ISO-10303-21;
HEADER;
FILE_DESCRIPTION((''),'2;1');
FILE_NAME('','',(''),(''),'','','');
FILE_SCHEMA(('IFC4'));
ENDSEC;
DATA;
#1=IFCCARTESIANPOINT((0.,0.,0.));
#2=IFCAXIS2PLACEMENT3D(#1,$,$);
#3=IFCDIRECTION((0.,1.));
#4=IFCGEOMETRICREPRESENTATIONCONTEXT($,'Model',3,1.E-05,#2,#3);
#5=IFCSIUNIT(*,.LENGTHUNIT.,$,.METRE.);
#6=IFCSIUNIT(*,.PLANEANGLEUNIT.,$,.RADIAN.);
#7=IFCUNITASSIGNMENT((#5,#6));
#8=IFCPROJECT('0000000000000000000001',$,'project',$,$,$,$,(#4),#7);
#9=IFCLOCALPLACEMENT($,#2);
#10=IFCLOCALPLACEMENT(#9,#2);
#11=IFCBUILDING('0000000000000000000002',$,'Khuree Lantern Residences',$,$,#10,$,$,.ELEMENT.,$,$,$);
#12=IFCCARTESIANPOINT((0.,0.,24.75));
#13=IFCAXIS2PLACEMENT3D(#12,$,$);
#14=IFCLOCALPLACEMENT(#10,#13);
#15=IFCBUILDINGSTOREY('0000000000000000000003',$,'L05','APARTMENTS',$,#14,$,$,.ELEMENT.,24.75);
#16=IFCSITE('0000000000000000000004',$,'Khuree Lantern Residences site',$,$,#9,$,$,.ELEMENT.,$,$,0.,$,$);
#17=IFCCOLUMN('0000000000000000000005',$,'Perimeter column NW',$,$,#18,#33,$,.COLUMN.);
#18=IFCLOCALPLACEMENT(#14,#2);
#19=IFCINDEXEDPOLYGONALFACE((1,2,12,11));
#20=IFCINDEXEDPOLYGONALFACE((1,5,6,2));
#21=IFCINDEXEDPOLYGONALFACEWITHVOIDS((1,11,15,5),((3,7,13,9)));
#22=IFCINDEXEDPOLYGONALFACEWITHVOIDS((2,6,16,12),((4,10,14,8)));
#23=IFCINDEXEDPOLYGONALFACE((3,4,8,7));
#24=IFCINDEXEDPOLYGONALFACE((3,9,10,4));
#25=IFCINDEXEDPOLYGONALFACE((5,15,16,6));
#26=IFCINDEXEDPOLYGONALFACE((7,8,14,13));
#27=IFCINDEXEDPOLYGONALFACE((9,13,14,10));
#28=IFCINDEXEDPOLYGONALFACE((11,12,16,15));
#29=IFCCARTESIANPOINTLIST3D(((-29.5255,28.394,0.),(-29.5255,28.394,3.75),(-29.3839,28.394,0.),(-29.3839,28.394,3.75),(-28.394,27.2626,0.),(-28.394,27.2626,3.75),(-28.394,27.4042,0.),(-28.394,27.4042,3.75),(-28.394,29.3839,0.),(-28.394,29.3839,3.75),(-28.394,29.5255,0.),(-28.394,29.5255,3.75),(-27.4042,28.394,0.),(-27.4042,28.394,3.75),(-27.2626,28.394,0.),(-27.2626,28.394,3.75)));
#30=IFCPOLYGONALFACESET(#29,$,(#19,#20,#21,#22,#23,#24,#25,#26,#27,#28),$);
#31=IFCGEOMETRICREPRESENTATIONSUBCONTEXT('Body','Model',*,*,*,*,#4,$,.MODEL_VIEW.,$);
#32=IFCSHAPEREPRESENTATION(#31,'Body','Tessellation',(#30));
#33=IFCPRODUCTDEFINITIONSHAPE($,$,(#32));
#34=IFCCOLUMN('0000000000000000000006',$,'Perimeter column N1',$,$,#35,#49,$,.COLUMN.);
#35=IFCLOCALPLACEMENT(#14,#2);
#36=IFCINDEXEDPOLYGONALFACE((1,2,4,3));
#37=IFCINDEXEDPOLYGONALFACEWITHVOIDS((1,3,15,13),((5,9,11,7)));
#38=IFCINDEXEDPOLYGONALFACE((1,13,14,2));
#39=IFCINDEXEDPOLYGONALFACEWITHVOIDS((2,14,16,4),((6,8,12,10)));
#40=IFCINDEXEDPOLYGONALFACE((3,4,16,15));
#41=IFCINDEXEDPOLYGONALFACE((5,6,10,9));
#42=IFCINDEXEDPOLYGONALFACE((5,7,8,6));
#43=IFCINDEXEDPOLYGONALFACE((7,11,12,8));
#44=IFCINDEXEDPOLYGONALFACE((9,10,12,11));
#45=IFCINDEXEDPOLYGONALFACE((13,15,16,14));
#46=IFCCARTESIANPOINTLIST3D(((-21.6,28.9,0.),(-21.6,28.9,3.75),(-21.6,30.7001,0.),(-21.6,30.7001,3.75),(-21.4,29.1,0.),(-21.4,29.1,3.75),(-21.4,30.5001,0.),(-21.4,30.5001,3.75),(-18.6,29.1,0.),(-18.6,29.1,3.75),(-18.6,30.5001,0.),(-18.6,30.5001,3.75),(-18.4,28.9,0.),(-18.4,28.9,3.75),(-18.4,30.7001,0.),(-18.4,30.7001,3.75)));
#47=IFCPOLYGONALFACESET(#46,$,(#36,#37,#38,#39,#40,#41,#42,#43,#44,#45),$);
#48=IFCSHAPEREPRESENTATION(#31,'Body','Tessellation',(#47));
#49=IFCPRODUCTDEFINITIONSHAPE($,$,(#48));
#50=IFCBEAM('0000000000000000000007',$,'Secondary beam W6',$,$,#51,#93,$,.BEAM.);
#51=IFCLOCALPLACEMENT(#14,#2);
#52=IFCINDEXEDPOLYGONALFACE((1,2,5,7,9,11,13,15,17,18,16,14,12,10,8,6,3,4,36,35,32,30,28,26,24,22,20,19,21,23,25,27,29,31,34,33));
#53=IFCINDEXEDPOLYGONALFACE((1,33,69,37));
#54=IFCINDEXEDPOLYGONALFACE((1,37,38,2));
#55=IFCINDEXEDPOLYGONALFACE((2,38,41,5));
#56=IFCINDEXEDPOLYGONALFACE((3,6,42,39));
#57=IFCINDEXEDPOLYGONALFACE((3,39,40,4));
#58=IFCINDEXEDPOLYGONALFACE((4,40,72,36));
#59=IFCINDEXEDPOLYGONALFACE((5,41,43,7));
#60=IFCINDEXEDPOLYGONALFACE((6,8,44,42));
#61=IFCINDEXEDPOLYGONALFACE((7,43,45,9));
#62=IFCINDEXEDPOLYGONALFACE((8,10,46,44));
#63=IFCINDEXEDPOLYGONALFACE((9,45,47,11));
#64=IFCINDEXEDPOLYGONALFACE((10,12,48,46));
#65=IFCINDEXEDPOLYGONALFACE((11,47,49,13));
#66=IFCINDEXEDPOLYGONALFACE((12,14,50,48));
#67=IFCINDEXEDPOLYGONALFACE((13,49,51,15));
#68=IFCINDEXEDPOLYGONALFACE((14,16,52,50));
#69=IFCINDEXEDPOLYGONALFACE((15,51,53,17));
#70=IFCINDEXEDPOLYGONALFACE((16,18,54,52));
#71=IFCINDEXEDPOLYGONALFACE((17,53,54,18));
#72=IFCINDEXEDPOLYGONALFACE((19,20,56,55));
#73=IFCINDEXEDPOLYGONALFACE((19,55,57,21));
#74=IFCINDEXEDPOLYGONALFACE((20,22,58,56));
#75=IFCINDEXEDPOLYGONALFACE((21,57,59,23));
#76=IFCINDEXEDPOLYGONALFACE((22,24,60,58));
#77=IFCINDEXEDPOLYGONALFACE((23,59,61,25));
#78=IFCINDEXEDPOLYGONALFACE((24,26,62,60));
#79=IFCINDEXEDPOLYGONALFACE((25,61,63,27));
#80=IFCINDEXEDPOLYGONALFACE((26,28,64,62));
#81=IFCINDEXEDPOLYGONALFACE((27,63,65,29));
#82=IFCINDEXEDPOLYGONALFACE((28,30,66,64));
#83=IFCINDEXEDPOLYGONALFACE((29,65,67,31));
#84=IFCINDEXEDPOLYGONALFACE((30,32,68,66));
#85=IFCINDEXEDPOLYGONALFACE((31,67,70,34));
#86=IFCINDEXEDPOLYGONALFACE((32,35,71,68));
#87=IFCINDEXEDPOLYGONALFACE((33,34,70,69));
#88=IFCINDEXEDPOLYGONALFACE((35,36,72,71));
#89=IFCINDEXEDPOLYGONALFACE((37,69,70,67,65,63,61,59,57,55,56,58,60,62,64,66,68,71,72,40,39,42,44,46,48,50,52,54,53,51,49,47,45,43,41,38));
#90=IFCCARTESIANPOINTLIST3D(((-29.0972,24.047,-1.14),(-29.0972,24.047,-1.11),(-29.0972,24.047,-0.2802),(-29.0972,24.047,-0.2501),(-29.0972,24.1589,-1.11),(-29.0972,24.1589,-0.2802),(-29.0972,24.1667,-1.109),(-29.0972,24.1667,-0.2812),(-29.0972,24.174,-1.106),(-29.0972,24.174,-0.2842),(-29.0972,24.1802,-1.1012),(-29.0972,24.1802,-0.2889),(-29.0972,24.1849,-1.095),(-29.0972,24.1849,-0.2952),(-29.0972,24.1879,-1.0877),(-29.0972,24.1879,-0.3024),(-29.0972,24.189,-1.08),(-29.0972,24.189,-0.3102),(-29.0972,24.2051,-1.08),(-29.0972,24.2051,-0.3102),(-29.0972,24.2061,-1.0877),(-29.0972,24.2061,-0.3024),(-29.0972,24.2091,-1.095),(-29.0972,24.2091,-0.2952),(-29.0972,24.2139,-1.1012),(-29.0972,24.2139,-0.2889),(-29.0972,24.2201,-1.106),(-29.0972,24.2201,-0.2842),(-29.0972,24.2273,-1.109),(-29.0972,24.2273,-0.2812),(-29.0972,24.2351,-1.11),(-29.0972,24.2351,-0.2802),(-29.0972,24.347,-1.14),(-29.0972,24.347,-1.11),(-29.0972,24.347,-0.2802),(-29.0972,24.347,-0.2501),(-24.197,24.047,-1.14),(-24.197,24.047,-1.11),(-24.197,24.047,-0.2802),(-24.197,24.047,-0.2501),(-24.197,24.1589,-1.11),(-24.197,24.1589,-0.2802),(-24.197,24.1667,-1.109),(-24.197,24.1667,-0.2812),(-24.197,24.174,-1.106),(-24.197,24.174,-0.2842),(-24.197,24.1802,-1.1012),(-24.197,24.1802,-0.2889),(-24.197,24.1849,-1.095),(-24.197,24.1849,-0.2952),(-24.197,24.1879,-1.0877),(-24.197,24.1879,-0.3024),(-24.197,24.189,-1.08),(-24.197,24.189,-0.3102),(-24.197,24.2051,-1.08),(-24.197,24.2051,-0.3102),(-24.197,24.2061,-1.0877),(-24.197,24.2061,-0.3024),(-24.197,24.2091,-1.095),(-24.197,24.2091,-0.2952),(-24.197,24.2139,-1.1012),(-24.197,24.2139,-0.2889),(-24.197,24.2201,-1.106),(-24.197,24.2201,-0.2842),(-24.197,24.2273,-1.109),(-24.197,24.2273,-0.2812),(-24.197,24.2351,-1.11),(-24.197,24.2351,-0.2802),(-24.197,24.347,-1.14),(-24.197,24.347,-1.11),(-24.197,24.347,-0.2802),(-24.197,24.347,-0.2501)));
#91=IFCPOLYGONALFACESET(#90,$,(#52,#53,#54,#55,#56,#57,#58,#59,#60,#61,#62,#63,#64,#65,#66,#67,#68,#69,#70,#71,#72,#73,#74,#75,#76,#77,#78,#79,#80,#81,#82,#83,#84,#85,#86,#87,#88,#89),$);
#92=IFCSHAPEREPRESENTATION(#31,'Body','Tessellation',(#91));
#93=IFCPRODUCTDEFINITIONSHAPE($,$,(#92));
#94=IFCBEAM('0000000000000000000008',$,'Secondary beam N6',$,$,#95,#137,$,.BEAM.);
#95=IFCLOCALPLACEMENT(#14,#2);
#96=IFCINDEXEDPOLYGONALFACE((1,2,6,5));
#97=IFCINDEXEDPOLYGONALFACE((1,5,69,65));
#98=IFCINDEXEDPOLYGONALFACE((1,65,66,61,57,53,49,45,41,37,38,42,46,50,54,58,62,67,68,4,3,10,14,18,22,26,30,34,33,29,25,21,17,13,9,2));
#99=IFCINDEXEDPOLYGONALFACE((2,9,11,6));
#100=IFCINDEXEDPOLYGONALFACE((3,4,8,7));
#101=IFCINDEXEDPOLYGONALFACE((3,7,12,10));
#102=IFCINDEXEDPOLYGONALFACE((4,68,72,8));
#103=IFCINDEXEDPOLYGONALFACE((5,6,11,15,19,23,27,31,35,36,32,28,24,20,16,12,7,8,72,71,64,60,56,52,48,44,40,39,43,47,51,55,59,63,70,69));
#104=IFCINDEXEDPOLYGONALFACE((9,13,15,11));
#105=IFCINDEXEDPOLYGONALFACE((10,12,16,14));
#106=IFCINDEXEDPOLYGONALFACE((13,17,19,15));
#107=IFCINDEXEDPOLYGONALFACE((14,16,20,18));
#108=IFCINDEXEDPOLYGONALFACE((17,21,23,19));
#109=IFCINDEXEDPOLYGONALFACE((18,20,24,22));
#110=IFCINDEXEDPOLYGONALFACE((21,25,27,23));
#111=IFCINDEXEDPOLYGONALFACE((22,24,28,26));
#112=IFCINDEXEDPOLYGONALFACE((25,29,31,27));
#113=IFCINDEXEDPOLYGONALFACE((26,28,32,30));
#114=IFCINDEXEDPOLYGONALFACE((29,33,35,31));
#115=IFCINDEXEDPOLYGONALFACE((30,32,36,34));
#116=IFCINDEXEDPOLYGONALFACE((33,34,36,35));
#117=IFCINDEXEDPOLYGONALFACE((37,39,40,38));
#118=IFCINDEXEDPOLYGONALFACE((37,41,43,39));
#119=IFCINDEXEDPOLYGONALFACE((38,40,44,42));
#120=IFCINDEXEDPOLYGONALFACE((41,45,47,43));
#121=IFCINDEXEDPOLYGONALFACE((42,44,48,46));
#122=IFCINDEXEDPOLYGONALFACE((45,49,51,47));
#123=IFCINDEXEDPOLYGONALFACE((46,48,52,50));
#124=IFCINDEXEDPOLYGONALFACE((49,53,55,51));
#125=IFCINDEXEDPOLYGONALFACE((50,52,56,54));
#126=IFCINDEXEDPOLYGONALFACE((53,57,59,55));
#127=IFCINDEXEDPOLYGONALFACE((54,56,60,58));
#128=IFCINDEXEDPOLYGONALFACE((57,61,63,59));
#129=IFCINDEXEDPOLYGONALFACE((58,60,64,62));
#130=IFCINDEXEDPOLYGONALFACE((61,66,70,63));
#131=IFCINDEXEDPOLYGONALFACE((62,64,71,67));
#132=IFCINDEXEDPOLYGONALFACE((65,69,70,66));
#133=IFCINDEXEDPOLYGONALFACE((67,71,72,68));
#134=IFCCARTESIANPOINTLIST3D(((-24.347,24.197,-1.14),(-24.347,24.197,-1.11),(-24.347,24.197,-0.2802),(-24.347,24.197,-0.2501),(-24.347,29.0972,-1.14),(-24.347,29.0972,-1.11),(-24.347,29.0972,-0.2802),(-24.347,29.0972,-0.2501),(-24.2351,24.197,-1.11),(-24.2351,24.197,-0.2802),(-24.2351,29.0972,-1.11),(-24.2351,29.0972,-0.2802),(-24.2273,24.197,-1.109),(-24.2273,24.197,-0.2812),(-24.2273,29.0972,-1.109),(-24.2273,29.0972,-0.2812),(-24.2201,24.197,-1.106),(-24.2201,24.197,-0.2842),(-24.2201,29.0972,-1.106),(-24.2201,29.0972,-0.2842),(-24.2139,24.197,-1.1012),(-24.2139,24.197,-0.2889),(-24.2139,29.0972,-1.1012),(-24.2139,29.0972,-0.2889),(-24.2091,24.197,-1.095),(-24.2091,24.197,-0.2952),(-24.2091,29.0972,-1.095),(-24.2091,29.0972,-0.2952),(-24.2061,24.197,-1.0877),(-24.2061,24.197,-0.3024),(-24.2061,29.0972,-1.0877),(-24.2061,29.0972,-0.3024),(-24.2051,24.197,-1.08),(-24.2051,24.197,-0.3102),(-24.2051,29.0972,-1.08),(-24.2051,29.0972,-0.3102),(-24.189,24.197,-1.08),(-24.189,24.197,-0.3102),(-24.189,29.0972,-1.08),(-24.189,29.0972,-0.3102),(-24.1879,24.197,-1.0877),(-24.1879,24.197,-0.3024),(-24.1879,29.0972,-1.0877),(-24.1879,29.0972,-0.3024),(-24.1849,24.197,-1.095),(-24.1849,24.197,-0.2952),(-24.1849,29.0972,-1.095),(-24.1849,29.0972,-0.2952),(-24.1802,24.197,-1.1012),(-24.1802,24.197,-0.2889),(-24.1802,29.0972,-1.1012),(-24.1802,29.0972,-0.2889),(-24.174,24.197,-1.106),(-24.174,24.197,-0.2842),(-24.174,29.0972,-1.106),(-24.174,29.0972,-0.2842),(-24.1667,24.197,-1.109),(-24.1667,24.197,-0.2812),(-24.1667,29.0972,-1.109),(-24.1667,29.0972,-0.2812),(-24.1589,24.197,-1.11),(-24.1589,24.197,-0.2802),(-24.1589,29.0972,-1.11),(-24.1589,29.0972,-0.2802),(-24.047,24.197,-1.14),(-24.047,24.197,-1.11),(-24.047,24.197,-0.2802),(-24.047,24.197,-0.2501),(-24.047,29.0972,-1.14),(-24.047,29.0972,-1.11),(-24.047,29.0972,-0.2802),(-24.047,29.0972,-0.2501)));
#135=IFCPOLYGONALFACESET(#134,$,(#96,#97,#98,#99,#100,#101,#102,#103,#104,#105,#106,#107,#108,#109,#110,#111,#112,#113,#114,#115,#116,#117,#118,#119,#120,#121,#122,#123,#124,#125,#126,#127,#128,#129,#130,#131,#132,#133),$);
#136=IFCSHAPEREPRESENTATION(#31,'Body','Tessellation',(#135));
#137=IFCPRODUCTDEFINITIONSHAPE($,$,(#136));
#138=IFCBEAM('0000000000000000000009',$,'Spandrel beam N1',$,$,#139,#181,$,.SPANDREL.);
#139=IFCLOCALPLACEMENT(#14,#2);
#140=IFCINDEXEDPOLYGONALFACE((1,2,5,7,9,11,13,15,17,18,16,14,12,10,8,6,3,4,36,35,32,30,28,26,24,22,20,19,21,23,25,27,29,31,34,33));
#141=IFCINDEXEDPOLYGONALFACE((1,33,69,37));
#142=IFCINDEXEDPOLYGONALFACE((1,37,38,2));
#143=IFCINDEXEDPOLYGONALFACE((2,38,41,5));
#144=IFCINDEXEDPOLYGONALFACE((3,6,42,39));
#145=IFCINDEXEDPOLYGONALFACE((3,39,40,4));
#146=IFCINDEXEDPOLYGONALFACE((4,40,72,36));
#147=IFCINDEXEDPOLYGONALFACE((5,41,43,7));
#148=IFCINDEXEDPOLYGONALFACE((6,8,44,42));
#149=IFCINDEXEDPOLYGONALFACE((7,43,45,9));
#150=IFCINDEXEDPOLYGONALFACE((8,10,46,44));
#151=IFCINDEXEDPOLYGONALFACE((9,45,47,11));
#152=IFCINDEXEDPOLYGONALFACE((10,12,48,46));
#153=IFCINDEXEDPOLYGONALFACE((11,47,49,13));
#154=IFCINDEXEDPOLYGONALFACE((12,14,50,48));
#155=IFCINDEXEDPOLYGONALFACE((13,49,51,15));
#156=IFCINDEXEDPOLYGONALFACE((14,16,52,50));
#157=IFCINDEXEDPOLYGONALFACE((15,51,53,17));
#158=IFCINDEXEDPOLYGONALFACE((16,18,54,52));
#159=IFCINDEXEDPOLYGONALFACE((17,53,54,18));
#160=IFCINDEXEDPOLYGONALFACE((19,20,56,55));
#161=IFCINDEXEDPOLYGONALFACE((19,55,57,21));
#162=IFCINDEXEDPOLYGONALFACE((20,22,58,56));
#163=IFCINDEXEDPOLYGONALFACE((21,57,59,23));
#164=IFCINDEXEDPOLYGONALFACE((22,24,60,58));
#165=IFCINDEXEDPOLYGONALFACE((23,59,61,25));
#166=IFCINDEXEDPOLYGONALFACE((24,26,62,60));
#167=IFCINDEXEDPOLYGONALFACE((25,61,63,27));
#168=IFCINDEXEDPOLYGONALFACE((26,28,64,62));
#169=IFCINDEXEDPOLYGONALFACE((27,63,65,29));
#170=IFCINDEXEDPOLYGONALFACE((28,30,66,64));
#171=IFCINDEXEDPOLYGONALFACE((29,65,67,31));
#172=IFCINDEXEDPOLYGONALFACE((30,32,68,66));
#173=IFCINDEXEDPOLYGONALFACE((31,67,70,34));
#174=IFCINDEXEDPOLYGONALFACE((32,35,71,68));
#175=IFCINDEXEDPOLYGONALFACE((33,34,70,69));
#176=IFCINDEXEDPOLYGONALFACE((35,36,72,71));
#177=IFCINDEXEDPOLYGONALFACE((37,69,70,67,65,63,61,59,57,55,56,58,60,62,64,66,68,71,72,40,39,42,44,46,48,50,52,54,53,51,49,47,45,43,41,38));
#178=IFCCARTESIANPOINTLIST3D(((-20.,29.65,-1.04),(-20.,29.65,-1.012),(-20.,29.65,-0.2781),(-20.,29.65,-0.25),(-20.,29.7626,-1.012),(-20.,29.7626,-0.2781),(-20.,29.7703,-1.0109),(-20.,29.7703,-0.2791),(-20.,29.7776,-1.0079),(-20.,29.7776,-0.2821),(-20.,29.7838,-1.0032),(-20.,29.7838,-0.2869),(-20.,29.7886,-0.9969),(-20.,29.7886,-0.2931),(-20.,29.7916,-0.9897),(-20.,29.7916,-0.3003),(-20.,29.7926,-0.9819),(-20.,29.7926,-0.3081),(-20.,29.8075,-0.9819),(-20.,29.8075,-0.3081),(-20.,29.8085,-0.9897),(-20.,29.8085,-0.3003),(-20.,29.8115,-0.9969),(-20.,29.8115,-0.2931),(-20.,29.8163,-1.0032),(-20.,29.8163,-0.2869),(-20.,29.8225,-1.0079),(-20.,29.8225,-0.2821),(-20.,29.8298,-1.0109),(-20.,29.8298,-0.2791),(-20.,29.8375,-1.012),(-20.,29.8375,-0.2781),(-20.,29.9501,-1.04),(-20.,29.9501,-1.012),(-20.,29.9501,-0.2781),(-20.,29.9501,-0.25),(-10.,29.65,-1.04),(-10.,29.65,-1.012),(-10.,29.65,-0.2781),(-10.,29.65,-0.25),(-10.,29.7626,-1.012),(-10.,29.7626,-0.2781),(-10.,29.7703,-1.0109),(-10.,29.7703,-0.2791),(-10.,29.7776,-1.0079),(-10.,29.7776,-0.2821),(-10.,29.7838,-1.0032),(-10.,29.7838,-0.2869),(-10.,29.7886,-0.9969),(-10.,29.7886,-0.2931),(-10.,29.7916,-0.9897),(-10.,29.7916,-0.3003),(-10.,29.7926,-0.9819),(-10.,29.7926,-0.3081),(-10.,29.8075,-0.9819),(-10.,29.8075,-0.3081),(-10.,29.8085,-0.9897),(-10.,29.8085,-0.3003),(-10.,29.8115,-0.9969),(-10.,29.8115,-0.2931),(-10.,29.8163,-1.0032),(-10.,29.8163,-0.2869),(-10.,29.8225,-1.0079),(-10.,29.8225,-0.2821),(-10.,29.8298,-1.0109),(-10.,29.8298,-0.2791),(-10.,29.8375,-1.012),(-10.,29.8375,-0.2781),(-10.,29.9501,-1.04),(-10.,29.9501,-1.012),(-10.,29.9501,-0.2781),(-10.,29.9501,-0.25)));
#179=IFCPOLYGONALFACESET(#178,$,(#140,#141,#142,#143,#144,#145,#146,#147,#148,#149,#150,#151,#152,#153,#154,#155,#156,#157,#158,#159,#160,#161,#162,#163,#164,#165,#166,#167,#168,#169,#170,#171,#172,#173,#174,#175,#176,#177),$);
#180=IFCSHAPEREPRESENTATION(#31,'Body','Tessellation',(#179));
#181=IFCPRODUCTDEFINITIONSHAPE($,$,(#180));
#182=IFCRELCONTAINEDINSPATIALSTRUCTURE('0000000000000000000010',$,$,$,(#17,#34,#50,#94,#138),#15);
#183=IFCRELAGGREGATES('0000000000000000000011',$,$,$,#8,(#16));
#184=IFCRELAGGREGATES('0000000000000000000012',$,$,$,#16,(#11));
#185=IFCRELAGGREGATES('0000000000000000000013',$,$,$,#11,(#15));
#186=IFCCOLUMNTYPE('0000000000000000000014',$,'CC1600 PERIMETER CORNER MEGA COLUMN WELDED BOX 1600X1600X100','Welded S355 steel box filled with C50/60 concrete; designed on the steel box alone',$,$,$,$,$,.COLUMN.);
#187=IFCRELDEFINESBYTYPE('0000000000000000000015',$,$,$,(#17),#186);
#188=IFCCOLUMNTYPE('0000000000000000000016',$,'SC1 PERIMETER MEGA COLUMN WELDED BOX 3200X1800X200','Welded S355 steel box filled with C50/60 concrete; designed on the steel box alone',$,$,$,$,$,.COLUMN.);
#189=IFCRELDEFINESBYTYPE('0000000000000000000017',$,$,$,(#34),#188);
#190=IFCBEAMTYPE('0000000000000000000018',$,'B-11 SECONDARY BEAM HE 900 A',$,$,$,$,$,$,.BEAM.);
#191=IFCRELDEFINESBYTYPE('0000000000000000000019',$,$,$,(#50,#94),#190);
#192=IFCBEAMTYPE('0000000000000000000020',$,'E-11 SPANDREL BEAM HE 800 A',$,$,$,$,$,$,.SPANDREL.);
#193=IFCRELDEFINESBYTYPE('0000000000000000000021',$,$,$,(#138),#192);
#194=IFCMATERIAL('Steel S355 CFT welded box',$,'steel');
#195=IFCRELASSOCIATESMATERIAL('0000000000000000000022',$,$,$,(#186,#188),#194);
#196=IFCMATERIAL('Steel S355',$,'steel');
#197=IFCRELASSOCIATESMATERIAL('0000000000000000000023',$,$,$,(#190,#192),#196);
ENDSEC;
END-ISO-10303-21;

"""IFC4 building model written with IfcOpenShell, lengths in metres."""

from ifc_helpers import new_model, si_unit, direction, frame, origin, origin_2d, place, context, subcontext, project, spatial, hollow_rectangle, i_section, extrude, material, material_profile, profile_set, type_object, element, save


model = new_model("IFC4")

# Units and contexts
model_context = context("Model", 3, precision=1e-05, world=origin(), true_north=direction((0.0, 1.0)))
body_context = subcontext(model_context, "Body", "Model", "MODEL_VIEW")
ifc_project = project(units=[si_unit("LENGTHUNIT", "METRE"), si_unit("PLANEANGLEUNIT", "RADIAN")], contexts=[model_context])

# Site, building, storey
site_placement = place(None, origin())
site = spatial("IfcSite", under=ifc_project, at=site_placement, Name="Khuree Lantern Residences site", CompositionType="ELEMENT", RefElevation=0.0)
building_placement = place(site_placement, origin())
building = spatial("IfcBuilding", under=site, at=building_placement, Name="Khuree Lantern Residences", CompositionType="ELEMENT")
storey_placement = place(building_placement, frame((0.0, 0.0, 24.75)))
storey = spatial("IfcBuildingStorey", under=building, at=storey_placement, Name="L05", Description="APARTMENTS", CompositionType="ELEMENT", Elevation=24.75)

# Columns
ifc_material_1 = material(Name="Steel S355 CFT welded box", Category="steel")
ifc_material_profile_1 = material_profile(ifc_material_1, hollow_rectangle(XDim=1.6001, YDim=1.6001, WallThickness=0.1001, at=origin_2d()), Name="WELDED BOX 1600X1600X100")
ifc_profile_set_1 = profile_set([ifc_material_profile_1], Name="Steel S355 CFT welded box")
column_type_1 = type_object("IfcColumnType", Name="CC1600 PERIMETER CORNER MEGA COLUMN WELDED BOX 1600X1600X100", Description="Welded S355 steel box filled with C50/60 concrete; designed on the steel box alone", PredefinedType="COLUMN", material=ifc_profile_set_1)
column_1_placement = place(storey_placement, frame((-28.394, 28.394, 0.0), z_axis=(0.0, 0.0, 1.0), x_axis=(0.707107, 0.707107, 0.0)))
element("IfcColumn", 1, at=column_1_placement, inside=storey, type_object=column_type_1, Name="Perimeter column NW", PredefinedType="COLUMN", context=body_context, shape_type="SweptSolid", body=[
    extrude(hollow_rectangle(XDim=1.6001, YDim=1.6001, WallThickness=0.1001, at=origin_2d()), origin(), (0.0, 0.0, 1.0), 3.75),
])
ifc_material_profile_2 = material_profile(ifc_material_1, hollow_rectangle(XDim=3.2, YDim=1.8, WallThickness=0.2, at=origin_2d()), Name="WELDED BOX 3200X1800X200")
ifc_profile_set_2 = profile_set([ifc_material_profile_2], Name="Steel S355 CFT welded box")
column_type_2 = type_object("IfcColumnType", Name="SC1 PERIMETER MEGA COLUMN WELDED BOX 3200X1800X200", Description="Welded S355 steel box filled with C50/60 concrete; designed on the steel box alone", PredefinedType="COLUMN", material=ifc_profile_set_2)
column_2_placement = place(storey_placement, frame((-20.0, 29.8, 0.0), z_axis=(0.0, 0.0, 1.0), x_axis=(1.0, 0.0, 0.0)))
element("IfcColumn", 2, at=column_2_placement, inside=storey, type_object=column_type_2, Name="Perimeter column N1", PredefinedType="COLUMN", context=body_context, shape_type="SweptSolid", body=[
    extrude(hollow_rectangle(XDim=3.2, YDim=1.8, WallThickness=0.2, at=origin_2d()), origin(), (0.0, 0.0, 1.0), 3.75),
])

# Beams
ifc_material_2 = material(Name="Steel S355", Category="steel")
ifc_material_profile_3 = material_profile(ifc_material_2, i_section(OverallWidth=0.3, OverallDepth=0.8899, WebThickness=0.0161, FlangeThickness=0.03, FilletRadius=0.03, at=origin_2d()), Name="HE 900 A")
ifc_profile_set_3 = profile_set([ifc_material_profile_3], Name="Steel S355")
beam_type_1 = type_object("IfcBeamType", Name="B-11 SECONDARY BEAM HE 900 A", PredefinedType="BEAM", material=ifc_profile_set_3)
for number, where, z_axis, x_axis, name in (
    (3, (-29.0972, 24.197, -0.6951), (1.0, 0.0, 0.0), (0.0, 1.0, 0.0), "Secondary beam W6"),
    (4, (-24.197, 29.0972, -0.6951), (0.0, -1.0, 0.0), (1.0, 0.0, 0.0), "Secondary beam N6"),
):
    element("IfcBeam", number, at=place(storey_placement, frame(where, z_axis=z_axis, x_axis=x_axis)), inside=storey, type_object=beam_type_1, Name=name, PredefinedType="BEAM", context=body_context, shape_type="SweptSolid", body=[
        extrude(i_section(OverallWidth=0.3, OverallDepth=0.8899, WebThickness=0.0161, FlangeThickness=0.03, FilletRadius=0.03, at=origin_2d()), origin(), (0.0, 0.0, 1.0), 4.9001),
    ])
ifc_material_profile_4 = material_profile(ifc_material_2, i_section(OverallWidth=0.3, OverallDepth=0.79, WebThickness=0.0149, FlangeThickness=0.0281, FilletRadius=0.03, at=origin_2d()), Name="HE 800 A")
ifc_profile_set_4 = profile_set([ifc_material_profile_4], Name="Steel S355")
beam_type_2 = type_object("IfcBeamType", Name="E-11 SPANDREL BEAM HE 800 A", PredefinedType="SPANDREL", material=ifc_profile_set_4)
beam_1_placement = place(storey_placement, frame((-20.0, 29.8, -0.645), z_axis=(1.0, 0.0, 0.0), x_axis=(0.0, 1.0, 0.0)))
element("IfcBeam", 5, at=beam_1_placement, inside=storey, type_object=beam_type_2, Name="Spandrel beam N1", PredefinedType="SPANDREL", context=body_context, shape_type="SweptSolid", body=[
    extrude(i_section(OverallWidth=0.3, OverallDepth=0.79, WebThickness=0.0149, FlangeThickness=0.0281, FilletRadius=0.03, at=origin_2d()), origin(), (0.0, 0.0, 1.0), 10.0),
])

save(model, "model.ifc")
